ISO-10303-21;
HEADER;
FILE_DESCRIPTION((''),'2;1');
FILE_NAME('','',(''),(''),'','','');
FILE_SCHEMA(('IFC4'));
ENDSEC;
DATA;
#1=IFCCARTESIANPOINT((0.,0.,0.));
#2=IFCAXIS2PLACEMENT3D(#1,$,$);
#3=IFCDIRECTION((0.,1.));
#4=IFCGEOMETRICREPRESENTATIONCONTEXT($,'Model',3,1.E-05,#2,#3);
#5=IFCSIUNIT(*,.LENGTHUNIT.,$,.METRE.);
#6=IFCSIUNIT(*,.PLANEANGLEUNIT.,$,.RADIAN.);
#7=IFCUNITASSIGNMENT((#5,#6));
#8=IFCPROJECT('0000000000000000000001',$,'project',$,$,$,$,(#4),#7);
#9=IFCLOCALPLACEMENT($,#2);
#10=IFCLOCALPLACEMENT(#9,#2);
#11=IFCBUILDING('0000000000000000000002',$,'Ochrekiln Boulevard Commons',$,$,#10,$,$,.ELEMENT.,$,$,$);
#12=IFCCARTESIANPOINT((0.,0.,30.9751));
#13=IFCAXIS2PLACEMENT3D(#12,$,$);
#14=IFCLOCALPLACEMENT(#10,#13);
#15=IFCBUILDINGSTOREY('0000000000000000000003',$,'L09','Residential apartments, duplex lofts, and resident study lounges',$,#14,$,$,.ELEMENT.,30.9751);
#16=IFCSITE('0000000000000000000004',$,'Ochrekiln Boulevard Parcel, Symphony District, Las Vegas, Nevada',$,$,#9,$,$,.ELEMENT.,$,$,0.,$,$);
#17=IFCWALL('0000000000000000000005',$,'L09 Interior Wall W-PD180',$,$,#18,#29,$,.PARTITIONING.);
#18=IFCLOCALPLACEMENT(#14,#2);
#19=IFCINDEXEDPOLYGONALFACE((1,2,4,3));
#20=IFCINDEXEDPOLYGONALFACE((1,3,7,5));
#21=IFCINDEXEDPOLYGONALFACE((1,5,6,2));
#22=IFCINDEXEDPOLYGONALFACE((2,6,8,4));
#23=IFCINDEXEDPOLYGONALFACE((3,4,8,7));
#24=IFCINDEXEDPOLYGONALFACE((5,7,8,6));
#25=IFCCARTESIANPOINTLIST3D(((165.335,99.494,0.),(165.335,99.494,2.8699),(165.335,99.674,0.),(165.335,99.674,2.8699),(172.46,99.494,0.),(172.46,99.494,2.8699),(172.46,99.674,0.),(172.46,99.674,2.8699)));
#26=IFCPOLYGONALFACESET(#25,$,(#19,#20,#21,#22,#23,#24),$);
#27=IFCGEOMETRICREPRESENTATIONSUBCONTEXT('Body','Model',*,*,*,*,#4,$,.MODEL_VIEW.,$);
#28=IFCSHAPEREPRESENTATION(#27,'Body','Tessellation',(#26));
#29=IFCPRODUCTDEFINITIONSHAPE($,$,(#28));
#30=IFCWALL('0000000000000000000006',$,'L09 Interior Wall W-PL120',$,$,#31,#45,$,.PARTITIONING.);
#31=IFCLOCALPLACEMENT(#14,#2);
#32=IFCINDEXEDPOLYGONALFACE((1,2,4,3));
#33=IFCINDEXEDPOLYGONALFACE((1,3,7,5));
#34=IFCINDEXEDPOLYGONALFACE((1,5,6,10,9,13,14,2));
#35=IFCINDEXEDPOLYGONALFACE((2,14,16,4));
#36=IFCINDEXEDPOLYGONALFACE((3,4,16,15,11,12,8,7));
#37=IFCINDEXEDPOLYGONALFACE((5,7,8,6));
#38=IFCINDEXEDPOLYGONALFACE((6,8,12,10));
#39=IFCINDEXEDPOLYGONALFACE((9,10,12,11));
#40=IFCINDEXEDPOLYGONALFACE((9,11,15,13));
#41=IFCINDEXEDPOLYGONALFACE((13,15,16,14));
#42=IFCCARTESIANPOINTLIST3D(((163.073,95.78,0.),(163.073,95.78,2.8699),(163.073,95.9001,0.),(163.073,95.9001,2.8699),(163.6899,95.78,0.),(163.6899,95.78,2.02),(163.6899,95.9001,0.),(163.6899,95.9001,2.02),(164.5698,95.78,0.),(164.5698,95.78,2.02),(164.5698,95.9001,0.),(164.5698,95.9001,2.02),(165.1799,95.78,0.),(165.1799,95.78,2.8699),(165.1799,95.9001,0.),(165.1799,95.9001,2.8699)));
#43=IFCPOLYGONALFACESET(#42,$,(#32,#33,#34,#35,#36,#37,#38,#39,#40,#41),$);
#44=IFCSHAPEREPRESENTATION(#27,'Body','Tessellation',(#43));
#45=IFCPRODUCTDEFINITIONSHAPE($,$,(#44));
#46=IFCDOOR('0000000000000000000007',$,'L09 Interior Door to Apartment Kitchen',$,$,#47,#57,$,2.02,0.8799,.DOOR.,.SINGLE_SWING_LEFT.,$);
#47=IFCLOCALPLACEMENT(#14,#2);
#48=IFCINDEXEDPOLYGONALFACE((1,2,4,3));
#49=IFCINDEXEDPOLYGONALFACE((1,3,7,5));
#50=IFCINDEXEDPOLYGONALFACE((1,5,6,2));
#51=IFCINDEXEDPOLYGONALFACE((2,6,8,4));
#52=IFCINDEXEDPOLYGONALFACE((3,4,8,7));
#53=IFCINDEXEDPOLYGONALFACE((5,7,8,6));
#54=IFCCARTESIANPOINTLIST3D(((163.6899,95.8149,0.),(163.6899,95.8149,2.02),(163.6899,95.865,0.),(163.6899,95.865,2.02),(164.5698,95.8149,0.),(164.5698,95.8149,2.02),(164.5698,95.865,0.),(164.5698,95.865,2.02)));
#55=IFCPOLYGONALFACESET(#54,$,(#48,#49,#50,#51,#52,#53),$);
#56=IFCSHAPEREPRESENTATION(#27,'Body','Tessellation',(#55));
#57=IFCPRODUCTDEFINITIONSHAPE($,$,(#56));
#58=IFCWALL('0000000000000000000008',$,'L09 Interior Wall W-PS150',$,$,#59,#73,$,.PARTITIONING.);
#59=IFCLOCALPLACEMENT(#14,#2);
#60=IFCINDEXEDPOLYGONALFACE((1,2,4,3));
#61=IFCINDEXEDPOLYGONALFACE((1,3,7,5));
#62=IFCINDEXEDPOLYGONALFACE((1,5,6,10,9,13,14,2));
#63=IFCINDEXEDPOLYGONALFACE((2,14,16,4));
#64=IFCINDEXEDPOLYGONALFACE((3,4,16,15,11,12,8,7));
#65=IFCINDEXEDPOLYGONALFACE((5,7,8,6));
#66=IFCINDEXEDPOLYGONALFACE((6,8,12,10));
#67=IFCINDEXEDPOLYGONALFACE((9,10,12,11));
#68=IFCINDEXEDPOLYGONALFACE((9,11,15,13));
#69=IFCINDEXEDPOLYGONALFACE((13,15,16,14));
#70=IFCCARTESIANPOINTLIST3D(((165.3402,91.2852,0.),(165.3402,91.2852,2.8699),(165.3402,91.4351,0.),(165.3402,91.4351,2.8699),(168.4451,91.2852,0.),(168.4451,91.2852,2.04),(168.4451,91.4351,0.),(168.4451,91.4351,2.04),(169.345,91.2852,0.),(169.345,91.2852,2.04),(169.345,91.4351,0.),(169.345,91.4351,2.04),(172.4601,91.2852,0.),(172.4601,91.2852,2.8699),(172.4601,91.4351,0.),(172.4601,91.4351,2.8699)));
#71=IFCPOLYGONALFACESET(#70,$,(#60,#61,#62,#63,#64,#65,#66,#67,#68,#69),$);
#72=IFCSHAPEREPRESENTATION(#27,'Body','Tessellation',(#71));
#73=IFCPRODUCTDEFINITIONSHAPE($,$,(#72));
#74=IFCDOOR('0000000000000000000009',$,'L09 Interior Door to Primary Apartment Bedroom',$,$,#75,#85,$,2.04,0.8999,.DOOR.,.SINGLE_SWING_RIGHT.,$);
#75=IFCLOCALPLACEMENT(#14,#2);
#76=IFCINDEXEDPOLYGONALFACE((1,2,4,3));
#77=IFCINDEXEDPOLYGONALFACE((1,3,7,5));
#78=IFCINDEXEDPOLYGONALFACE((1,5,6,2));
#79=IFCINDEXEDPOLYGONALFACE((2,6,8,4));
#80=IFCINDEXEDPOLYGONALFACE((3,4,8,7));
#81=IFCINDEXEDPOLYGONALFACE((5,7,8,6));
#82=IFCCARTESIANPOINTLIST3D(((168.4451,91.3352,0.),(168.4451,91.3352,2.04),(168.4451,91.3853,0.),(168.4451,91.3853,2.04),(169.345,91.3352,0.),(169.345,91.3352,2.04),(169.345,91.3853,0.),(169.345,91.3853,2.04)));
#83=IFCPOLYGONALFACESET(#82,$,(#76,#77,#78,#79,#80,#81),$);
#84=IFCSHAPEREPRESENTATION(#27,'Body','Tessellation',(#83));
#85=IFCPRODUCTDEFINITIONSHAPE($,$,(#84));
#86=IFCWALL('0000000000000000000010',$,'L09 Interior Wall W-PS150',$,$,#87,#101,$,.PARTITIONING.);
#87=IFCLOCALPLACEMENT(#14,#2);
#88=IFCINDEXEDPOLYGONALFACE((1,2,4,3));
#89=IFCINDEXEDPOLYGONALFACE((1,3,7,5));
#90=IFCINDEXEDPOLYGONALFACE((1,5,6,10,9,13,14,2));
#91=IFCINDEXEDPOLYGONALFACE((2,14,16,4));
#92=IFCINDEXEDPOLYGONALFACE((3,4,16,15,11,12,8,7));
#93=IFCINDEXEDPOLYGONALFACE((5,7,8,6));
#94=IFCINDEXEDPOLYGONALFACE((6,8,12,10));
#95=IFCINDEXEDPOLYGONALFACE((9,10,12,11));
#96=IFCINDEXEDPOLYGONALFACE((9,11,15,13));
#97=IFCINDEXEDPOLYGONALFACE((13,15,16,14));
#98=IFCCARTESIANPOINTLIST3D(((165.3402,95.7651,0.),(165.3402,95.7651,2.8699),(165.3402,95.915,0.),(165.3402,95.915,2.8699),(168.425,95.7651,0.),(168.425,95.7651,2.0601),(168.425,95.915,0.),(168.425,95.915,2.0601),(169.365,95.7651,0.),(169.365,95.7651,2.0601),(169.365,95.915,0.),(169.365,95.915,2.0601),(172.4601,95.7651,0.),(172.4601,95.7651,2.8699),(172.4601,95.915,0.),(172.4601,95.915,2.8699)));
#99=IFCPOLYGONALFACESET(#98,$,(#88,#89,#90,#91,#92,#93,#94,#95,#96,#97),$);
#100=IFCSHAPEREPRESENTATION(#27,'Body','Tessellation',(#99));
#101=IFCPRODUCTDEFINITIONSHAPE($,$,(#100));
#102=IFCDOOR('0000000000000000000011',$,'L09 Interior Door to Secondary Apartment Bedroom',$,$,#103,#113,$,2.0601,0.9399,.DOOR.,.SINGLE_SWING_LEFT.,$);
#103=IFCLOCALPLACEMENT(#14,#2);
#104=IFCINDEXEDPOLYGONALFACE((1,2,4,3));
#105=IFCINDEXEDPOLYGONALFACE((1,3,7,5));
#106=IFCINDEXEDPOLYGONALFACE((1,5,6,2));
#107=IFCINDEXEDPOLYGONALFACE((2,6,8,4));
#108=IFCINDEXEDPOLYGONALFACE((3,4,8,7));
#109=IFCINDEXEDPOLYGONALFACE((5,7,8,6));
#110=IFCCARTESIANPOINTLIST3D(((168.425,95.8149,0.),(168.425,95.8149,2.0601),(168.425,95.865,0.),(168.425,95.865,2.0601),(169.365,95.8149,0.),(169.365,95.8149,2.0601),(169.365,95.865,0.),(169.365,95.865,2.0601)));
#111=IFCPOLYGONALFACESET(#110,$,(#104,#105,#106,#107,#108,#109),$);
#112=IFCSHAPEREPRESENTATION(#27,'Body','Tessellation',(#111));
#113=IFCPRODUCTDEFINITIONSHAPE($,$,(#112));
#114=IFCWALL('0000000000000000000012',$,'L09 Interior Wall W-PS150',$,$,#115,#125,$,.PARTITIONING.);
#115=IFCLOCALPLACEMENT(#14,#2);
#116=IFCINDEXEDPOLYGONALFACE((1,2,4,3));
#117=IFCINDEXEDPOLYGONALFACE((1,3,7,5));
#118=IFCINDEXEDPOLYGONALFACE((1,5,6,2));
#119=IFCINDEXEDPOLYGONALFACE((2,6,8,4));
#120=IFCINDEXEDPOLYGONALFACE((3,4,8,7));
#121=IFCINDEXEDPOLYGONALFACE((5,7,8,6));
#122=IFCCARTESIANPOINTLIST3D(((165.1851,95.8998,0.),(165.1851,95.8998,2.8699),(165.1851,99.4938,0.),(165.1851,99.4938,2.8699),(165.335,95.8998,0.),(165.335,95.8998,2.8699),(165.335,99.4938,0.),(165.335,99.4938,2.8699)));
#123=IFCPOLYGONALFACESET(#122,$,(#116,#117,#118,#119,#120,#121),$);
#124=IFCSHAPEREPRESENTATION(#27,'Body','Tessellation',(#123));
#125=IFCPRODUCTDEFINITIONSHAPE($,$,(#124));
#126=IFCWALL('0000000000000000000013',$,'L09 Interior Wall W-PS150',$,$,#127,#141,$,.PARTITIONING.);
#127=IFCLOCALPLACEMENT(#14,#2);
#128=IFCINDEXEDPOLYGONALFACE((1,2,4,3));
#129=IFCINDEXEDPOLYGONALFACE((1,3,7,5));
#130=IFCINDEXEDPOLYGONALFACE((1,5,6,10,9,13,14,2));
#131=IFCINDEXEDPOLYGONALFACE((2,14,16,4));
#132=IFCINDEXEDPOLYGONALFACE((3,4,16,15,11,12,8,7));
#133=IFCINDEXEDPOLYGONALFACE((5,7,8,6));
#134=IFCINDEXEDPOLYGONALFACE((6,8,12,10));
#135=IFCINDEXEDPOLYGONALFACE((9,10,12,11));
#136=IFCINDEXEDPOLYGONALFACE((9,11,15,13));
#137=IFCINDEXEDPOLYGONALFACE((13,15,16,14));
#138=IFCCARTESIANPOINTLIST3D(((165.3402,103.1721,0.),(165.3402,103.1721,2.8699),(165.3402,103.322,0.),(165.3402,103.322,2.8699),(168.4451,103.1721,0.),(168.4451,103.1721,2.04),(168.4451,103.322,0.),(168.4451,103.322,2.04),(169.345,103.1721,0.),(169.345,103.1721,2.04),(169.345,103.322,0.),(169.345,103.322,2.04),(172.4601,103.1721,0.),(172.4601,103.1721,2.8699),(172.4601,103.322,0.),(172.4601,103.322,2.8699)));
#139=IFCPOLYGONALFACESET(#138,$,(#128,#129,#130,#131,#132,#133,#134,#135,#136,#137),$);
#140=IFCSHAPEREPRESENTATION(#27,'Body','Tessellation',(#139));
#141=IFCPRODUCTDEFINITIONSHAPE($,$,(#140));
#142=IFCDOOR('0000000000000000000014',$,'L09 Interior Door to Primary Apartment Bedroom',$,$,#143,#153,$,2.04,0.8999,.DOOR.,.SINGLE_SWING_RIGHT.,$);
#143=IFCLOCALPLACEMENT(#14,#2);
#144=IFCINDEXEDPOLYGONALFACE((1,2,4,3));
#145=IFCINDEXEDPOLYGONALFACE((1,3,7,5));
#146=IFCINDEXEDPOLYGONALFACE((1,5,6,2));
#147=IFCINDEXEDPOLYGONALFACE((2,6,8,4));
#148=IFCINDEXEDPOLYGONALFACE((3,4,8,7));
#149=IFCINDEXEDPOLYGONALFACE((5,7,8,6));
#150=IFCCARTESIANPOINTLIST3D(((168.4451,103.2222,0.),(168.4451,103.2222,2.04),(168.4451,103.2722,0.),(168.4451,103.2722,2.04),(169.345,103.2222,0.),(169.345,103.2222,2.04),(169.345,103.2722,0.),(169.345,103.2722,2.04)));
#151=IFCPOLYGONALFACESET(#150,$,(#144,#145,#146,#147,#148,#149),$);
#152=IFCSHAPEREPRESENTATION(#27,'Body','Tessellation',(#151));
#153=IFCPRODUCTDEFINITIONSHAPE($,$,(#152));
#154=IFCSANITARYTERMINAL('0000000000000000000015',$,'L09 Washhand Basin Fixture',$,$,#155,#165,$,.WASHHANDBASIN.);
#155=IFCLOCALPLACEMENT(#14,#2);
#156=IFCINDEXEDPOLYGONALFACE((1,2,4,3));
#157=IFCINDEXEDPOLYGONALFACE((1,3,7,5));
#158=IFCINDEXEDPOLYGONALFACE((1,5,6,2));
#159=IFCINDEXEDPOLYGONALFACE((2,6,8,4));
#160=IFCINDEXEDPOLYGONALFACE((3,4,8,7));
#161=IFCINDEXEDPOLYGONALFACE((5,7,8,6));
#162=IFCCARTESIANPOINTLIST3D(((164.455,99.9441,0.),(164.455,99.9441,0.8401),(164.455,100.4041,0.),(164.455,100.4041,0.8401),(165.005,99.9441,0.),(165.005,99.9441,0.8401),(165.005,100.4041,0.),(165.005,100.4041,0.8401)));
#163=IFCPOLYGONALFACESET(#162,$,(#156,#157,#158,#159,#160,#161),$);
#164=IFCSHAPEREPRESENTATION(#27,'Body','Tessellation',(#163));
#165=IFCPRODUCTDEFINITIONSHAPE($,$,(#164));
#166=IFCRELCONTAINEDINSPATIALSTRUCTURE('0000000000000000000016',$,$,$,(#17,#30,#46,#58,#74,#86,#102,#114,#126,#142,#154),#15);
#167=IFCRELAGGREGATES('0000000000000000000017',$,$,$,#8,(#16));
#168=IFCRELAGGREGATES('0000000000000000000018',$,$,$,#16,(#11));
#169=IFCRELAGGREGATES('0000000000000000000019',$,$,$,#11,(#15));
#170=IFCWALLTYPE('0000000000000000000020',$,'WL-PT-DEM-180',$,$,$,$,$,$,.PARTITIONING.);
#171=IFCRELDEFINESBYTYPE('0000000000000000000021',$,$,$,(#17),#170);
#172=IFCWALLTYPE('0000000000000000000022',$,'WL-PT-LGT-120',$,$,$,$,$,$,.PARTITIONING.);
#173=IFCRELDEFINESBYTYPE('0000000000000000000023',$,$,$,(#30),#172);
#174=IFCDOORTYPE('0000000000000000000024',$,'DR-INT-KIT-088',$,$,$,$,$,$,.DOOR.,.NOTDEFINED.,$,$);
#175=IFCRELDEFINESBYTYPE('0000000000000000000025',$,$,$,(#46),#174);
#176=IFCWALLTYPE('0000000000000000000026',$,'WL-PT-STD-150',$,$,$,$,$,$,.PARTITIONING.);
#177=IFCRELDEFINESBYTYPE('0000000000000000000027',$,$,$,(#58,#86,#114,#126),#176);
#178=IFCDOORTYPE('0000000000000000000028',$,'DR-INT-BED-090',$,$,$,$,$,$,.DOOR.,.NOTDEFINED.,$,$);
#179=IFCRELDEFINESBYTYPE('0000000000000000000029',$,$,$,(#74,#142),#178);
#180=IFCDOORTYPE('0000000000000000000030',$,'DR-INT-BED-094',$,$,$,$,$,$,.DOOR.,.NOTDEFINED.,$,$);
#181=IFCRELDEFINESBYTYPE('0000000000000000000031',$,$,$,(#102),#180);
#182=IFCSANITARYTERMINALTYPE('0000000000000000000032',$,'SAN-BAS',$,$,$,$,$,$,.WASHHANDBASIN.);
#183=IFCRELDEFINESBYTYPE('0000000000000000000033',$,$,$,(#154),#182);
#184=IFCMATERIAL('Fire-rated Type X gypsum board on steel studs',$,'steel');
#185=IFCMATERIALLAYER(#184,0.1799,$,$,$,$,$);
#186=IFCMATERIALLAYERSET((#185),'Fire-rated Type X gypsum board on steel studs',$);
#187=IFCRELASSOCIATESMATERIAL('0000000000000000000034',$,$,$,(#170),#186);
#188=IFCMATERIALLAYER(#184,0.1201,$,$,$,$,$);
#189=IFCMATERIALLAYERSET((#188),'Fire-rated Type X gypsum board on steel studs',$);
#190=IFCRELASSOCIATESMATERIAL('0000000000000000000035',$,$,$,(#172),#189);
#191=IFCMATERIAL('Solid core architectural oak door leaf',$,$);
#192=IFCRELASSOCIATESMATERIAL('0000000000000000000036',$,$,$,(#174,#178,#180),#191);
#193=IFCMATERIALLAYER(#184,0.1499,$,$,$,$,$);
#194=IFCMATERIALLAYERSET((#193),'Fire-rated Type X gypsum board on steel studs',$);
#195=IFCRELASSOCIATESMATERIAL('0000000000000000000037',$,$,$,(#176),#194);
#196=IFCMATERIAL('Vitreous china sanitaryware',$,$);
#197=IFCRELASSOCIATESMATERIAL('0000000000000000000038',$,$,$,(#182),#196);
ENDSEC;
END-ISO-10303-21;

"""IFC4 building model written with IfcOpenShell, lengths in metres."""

from ifc_helpers import new_model, si_unit, direction, frame, frame_2d, origin, origin_2d, place, context, subcontext, project, spatial, rectangle, extrude, material, layer, layer_set, type_object, element, fill, save


model = new_model("IFC4")

# Units and contexts
model_context = context("Model", 3, precision=1e-05, world=origin(), true_north=direction((0.0, 1.0)))
body_context = subcontext(model_context, "Body", "Model", "MODEL_VIEW")
ifc_project = project(units=[si_unit("LENGTHUNIT", "METRE"), si_unit("PLANEANGLEUNIT", "RADIAN")], contexts=[model_context])

# Site, building, storey
site_placement = place(None, origin())
site = spatial("IfcSite", under=ifc_project, at=site_placement, Name="Ochrekiln Boulevard Parcel, Symphony District, Las Vegas, Nevada", CompositionType="ELEMENT", RefElevation=0.0)
building_placement = place(site_placement, origin())
building = spatial("IfcBuilding", under=site, at=building_placement, Name="Ochrekiln Boulevard Commons", CompositionType="ELEMENT")
storey_placement = place(building_placement, frame((0.0, 0.0, 30.9751)))
storey = spatial("IfcBuildingStorey", under=building, at=storey_placement, Name="L09", Description="Residential apartments, duplex lofts, and resident study lounges", CompositionType="ELEMENT", Elevation=30.9751)

# Shared definitions
ifc_material_1 = material(Name="Solid core architectural oak door leaf")

# Wall
ifc_material_2 = material(Name="Fire-rated Type X gypsum board on steel studs", Category="steel")
ifc_layer_1 = layer(ifc_material_2, 0.1799)
ifc_layer_set_1 = layer_set([ifc_layer_1], Name="Fire-rated Type X gypsum board on steel studs")
wall_type_1 = type_object("IfcWallType", Name="WL-PT-DEM-180", PredefinedType="PARTITIONING", material=ifc_layer_set_1)
wall_1_placement = place(storey_placement, frame((165.335, 99.584, 0.0), z_axis=(0.0, 0.0, 1.0), x_axis=(1.0, 0.0, 0.0)))
element("IfcWall", 1, at=wall_1_placement, inside=storey, type_object=wall_type_1, Name="L09 Interior Wall W-PD180", PredefinedType="PARTITIONING", context=body_context, shape_type="SweptSolid", body=[
    extrude(rectangle(XDim=7.125, YDim=0.1799, at=frame_2d((3.5625, 0.0))), origin(), (0.0, 0.0, 1.0), 2.8699),
])

# Walls, openings, doors
ifc_layer_2 = layer(ifc_material_2, 0.1201)
ifc_layer_set_2 = layer_set([ifc_layer_2], Name="Fire-rated Type X gypsum board on steel studs")
wall_type_2 = type_object("IfcWallType", Name="WL-PT-LGT-120", PredefinedType="PARTITIONING", material=ifc_layer_set_2)
wall_2_placement = place(storey_placement, frame((163.073, 95.8401, 0.0), z_axis=(0.0, 0.0, 1.0), x_axis=(1.0, 0.0, 0.0)))
wall_2 = element("IfcWall", 2, at=wall_2_placement, inside=storey, type_object=wall_type_2, Name="L09 Interior Wall W-PL120", PredefinedType="PARTITIONING", context=body_context, shape_type="SweptSolid", body=[
    extrude(rectangle(XDim=2.1069, YDim=0.1201, at=frame_2d((1.0535, 0.0))), origin(), (0.0, 0.0, 1.0), 2.8699),
])
opening_1_placement = place(wall_2_placement, frame((0.6169, 0.0, 0.0)))
opening_1 = element("IfcOpeningElement", 3, at=opening_1_placement, cuts=wall_2, PredefinedType="OPENING", context=body_context, shape_type="SweptSolid", body=[
    extrude(rectangle(XDim=0.8799, YDim=2.02, at=frame_2d((0.4399, 1.01))), frame((0.0, 0.0701, 0.0), z_axis=(0.0, -1.0, 0.0), x_axis=(1.0, 0.0, 0.0)), (0.0, 0.0, 1.0), 0.1401),
])
door_type_1 = type_object("IfcDoorType", Name="DR-INT-KIT-088", OperationType="NOTDEFINED", PredefinedType="DOOR", material=ifc_material_1)
door_1_placement = place(opening_1_placement, origin())
door_1 = element("IfcDoor", 4, at=door_1_placement, inside=storey, type_object=door_type_1, Name="L09 Interior Door to Apartment Kitchen", OperationType="SINGLE_SWING_LEFT", OverallHeight=2.02, OverallWidth=0.8799, PredefinedType="DOOR", context=body_context, shape_type="SweptSolid", body=[
    extrude(rectangle(XDim=0.8799, YDim=2.02, at=frame_2d((0.4399, 1.01))), frame((0.0, 0.0249, 0.0), z_axis=(0.0, -1.0, 0.0), x_axis=(1.0, 0.0, 0.0)), (0.0, 0.0, 1.0), 0.05),
])
fill(opening_1, door_1)
ifc_layer_3 = layer(ifc_material_2, 0.1499)
ifc_layer_set_3 = layer_set([ifc_layer_3], Name="Fire-rated Type X gypsum board on steel studs")
wall_type_3 = type_object("IfcWallType", Name="WL-PT-STD-150", PredefinedType="PARTITIONING", material=ifc_layer_set_3)
wall_3_placement = place(storey_placement, frame((165.3401, 91.3601, 0.0), z_axis=(0.0, 0.0, 1.0), x_axis=(1.0, 0.0, 0.0)))
wall_3 = element("IfcWall", 5, at=wall_3_placement, inside=storey, type_object=wall_type_3, Name="L09 Interior Wall W-PS150", PredefinedType="PARTITIONING", context=body_context, shape_type="SweptSolid", body=[
    extrude(rectangle(XDim=7.1199, YDim=0.1499, at=frame_2d((3.5601, 0.0))), origin(), (0.0, 0.0, 1.0), 2.8699),
])
opening_2_placement = place(wall_3_placement, frame((3.105, 0.0, 0.0)))
opening_2 = element("IfcOpeningElement", 6, at=opening_2_placement, cuts=wall_3, PredefinedType="OPENING", context=body_context, shape_type="SweptSolid", body=[
    extrude(rectangle(XDim=0.8999, YDim=2.04, at=frame_2d((0.45, 1.02))), frame((0.0, 0.085, 0.0), z_axis=(0.0, -1.0, 0.0), x_axis=(1.0, 0.0, 0.0)), (0.0, 0.0, 1.0), 0.1699),
])
door_type_2 = type_object("IfcDoorType", Name="DR-INT-BED-090", OperationType="NOTDEFINED", PredefinedType="DOOR", material=ifc_material_1)
door_2_placement = place(opening_2_placement, frame((0.8999, 0.0, 0.0), z_axis=(0.0, 0.0, 1.0), x_axis=(-1.0, 0.0, 0.0)))
door_2 = element("IfcDoor", 7, at=door_2_placement, inside=storey, type_object=door_type_2, Name="L09 Interior Door to Primary Apartment Bedroom", OperationType="SINGLE_SWING_RIGHT", OverallHeight=2.04, OverallWidth=0.8999, PredefinedType="DOOR", context=body_context, shape_type="SweptSolid", body=[
    extrude(rectangle(XDim=0.8999, YDim=2.04, at=frame_2d((0.45, 1.02))), frame((0.0, 0.0249, 0.0), z_axis=(0.0, -1.0, 0.0), x_axis=(1.0, 0.0, 0.0)), (0.0, 0.0, 1.0), 0.05),
])
fill(opening_2, door_2)
wall_4_placement = place(storey_placement, frame((165.3401, 95.8401, 0.0), z_axis=(0.0, 0.0, 1.0), x_axis=(1.0, 0.0, 0.0)))
wall_4 = element("IfcWall", 8, at=wall_4_placement, inside=storey, type_object=wall_type_3, Name="L09 Interior Wall W-PS150", PredefinedType="PARTITIONING", context=body_context, shape_type="SweptSolid", body=[
    extrude(rectangle(XDim=7.1199, YDim=0.1499, at=frame_2d((3.5601, 0.0))), origin(), (0.0, 0.0, 1.0), 2.8699),
])
opening_3_placement = place(wall_4_placement, frame((3.085, 0.0, 0.0)))
opening_3 = element("IfcOpeningElement", 9, at=opening_3_placement, cuts=wall_4, PredefinedType="OPENING", context=body_context, shape_type="SweptSolid", body=[
    extrude(rectangle(XDim=0.9399, YDim=2.0601, at=frame_2d((0.47, 1.03))), frame((0.0, 0.085, 0.0), z_axis=(0.0, -1.0, 0.0), x_axis=(1.0, 0.0, 0.0)), (0.0, 0.0, 1.0), 0.1699),
])
door_type_3 = type_object("IfcDoorType", Name="DR-INT-BED-094", OperationType="NOTDEFINED", PredefinedType="DOOR", material=ifc_material_1)
door_3_placement = place(opening_3_placement, origin())
door_3 = element("IfcDoor", 10, at=door_3_placement, inside=storey, type_object=door_type_3, Name="L09 Interior Door to Secondary Apartment Bedroom", OperationType="SINGLE_SWING_LEFT", OverallHeight=2.0601, OverallWidth=0.9399, PredefinedType="DOOR", context=body_context, shape_type="SweptSolid", body=[
    extrude(rectangle(XDim=0.9399, YDim=2.0601, at=frame_2d((0.47, 1.03))), frame((0.0, 0.0249, 0.0), z_axis=(0.0, -1.0, 0.0), x_axis=(1.0, 0.0, 0.0)), (0.0, 0.0, 1.0), 0.05),
])
fill(opening_3, door_3)

# Wall
wall_5_placement = place(storey_placement, frame((165.26, 95.8999, 0.0), z_axis=(0.0, 0.0, 1.0), x_axis=(0.0, 1.0, 0.0)))
element("IfcWall", 11, at=wall_5_placement, inside=storey, type_object=wall_type_3, Name="L09 Interior Wall W-PS150", PredefinedType="PARTITIONING", context=body_context, shape_type="SweptSolid", body=[
    extrude(rectangle(XDim=3.594, YDim=0.1499, at=frame_2d((1.7969, 0.0))), origin(), (0.0, 0.0, 1.0), 2.8699),
])

# Wall, opening, door
wall_6_placement = place(storey_placement, frame((165.3401, 103.2471, 0.0), z_axis=(0.0, 0.0, 1.0), x_axis=(1.0, 0.0, 0.0)))
wall_6 = element("IfcWall", 12, at=wall_6_placement, inside=storey, type_object=wall_type_3, Name="L09 Interior Wall W-PS150", PredefinedType="PARTITIONING", context=body_context, shape_type="SweptSolid", body=[
    extrude(rectangle(XDim=7.1199, YDim=0.1499, at=frame_2d((3.5601, 0.0))), origin(), (0.0, 0.0, 1.0), 2.8699),
])
opening_4_placement = place(wall_6_placement, frame((3.105, 0.0, 0.0)))
opening_4 = element("IfcOpeningElement", 13, at=opening_4_placement, cuts=wall_6, PredefinedType="OPENING", context=body_context, shape_type="SweptSolid", body=[
    extrude(rectangle(XDim=0.8999, YDim=2.04, at=frame_2d((0.45, 1.02))), frame((0.0, 0.085, 0.0), z_axis=(0.0, -1.0, 0.0), x_axis=(1.0, 0.0, 0.0)), (0.0, 0.0, 1.0), 0.1699),
])
door_4_placement = place(opening_4_placement, frame((0.8999, 0.0, 0.0), z_axis=(0.0, 0.0, 1.0), x_axis=(-1.0, 0.0, 0.0)))
door_4 = element("IfcDoor", 14, at=door_4_placement, inside=storey, type_object=door_type_2, Name="L09 Interior Door to Primary Apartment Bedroom", OperationType="SINGLE_SWING_RIGHT", OverallHeight=2.04, OverallWidth=0.8999, PredefinedType="DOOR", context=body_context, shape_type="SweptSolid", body=[
    extrude(rectangle(XDim=0.8999, YDim=2.04, at=frame_2d((0.45, 1.02))), frame((0.0, 0.0249, 0.0), z_axis=(0.0, -1.0, 0.0), x_axis=(1.0, 0.0, 0.0)), (0.0, 0.0, 1.0), 0.05),
])
fill(opening_4, door_4)

# Sanitary terminal
ifc_material_3 = material(Name="Vitreous china sanitaryware")
sanitary_terminal_type_1 = type_object("IfcSanitaryTerminalType", Name="SAN-BAS", PredefinedType="WASHHANDBASIN", material=ifc_material_3)
sanitary_terminal_1_placement = place(storey_placement, frame((164.73, 100.1741, 0.0), z_axis=(0.0, 0.0, 1.0), x_axis=(1.0, 0.0, 0.0)))
element("IfcSanitaryTerminal", 15, at=sanitary_terminal_1_placement, inside=storey, type_object=sanitary_terminal_type_1, Name="L09 Washhand Basin Fixture", PredefinedType="WASHHANDBASIN", context=body_context, shape_type="SweptSolid", body=[
    extrude(rectangle(XDim=0.55, YDim=0.46, at=origin_2d()), origin(), (0.0, 0.0, 1.0), 0.8401),
])

save(model, "model.ifc")
